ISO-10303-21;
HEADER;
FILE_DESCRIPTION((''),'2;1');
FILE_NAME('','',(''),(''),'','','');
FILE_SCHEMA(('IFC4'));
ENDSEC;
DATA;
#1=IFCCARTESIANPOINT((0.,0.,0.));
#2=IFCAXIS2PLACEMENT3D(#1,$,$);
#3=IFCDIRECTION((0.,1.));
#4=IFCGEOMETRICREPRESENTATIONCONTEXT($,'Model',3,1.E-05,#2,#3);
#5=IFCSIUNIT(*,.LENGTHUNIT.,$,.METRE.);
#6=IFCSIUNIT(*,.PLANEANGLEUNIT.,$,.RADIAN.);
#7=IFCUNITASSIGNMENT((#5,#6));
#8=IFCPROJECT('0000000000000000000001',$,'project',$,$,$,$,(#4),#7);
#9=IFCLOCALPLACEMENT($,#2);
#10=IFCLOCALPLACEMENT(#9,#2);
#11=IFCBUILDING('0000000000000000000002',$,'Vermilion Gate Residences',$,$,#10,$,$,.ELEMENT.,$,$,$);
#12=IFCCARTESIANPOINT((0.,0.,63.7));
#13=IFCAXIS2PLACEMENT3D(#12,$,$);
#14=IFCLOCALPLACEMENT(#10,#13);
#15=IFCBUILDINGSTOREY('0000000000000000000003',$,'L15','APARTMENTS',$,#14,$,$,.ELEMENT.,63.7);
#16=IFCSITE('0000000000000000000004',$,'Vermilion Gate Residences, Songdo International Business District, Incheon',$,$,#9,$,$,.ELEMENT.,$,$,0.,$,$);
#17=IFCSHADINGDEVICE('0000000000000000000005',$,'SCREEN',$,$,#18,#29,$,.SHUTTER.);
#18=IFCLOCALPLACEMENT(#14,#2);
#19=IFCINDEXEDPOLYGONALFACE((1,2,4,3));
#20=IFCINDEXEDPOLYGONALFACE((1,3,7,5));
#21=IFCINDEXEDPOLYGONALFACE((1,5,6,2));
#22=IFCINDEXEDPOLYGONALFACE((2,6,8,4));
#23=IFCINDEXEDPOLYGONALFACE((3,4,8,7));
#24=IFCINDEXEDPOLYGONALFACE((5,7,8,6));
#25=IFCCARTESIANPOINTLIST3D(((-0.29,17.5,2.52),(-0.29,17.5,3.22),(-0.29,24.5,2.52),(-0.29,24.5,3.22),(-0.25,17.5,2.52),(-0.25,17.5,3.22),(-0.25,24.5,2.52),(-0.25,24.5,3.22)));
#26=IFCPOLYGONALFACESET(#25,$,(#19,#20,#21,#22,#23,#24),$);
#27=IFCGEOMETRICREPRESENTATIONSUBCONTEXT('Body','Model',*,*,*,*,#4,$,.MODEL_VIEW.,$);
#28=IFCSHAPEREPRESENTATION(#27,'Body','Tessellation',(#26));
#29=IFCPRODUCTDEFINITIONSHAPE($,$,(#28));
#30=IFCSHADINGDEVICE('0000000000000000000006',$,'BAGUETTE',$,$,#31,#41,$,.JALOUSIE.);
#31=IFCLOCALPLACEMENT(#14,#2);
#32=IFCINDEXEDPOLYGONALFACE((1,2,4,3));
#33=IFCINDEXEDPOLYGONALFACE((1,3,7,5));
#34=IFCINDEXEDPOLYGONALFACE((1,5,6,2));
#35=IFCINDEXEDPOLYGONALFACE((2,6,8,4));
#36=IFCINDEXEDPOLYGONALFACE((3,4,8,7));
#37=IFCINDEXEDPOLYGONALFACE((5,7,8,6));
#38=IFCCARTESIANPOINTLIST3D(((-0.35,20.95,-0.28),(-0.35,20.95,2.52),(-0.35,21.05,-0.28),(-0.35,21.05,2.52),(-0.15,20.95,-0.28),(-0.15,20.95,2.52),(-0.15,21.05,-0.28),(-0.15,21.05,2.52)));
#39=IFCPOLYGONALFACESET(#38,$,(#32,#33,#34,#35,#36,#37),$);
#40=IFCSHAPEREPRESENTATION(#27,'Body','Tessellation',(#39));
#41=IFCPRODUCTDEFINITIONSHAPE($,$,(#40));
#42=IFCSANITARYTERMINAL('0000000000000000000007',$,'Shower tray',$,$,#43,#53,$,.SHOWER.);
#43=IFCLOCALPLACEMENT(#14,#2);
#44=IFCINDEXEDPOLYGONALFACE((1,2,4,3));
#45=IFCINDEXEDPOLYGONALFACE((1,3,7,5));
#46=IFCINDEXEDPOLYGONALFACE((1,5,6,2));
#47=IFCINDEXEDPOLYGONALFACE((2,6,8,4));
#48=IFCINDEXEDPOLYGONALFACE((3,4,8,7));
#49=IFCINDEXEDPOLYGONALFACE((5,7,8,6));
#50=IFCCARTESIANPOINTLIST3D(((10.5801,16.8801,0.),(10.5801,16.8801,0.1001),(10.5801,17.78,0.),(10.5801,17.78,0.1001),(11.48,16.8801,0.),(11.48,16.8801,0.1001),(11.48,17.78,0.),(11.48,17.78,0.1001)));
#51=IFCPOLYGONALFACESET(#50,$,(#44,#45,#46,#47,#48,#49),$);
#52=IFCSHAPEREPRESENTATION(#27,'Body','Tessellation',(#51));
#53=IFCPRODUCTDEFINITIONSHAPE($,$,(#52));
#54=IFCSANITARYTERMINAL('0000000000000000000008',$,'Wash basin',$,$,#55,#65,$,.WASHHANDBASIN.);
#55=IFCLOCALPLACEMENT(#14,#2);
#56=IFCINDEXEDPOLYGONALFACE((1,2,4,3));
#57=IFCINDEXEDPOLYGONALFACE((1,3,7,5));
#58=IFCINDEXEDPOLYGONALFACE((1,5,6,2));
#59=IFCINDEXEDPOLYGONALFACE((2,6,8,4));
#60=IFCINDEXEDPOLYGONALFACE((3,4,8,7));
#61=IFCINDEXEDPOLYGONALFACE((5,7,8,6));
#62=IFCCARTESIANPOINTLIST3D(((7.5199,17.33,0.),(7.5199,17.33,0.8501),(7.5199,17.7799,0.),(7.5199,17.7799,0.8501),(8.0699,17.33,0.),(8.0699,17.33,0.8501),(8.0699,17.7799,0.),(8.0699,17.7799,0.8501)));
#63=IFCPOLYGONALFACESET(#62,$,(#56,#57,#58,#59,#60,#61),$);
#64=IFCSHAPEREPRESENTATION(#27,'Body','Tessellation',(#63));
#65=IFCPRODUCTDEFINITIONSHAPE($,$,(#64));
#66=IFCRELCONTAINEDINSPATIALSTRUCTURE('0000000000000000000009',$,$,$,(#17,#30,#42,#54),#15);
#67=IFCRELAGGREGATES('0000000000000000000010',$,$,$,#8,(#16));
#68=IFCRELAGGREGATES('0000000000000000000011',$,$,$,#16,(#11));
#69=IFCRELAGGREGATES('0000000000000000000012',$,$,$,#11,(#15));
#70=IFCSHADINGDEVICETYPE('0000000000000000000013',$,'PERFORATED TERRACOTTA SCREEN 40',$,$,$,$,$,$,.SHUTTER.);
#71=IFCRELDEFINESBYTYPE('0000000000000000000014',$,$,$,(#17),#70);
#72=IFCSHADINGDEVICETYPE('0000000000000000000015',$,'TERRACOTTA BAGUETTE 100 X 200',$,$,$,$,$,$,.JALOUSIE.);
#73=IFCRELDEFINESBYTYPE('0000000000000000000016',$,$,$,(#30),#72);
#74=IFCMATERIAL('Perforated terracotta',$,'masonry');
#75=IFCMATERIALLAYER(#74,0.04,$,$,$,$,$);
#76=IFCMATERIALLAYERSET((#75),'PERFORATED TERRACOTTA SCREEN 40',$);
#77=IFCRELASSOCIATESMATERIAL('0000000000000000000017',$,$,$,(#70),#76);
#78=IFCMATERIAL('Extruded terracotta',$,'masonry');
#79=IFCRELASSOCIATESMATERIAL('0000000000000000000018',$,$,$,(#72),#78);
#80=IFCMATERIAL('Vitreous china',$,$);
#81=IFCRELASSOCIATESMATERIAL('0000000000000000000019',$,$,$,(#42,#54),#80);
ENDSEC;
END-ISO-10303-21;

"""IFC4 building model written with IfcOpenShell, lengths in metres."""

from ifc_helpers import new_model, si_unit, direction, frame, origin, origin_2d, place, context, subcontext, project, spatial, rectangle, extrude, material, layer, layer_set, material_profile, profile_set, type_object, element, save


model = new_model("IFC4")

# Units and contexts
model_context = context("Model", 3, precision=1e-05, world=origin(), true_north=direction((0.0, 1.0)))
body_context = subcontext(model_context, "Body", "Model", "MODEL_VIEW")
ifc_project = project(units=[si_unit("LENGTHUNIT", "METRE"), si_unit("PLANEANGLEUNIT", "RADIAN")], contexts=[model_context])

# Site, building, storey
site_placement = place(None, origin())
site = spatial("IfcSite", under=ifc_project, at=site_placement, Name="Vermilion Gate Residences, Songdo International Business District, Incheon", CompositionType="ELEMENT", RefElevation=0.0)
building_placement = place(site_placement, origin())
building = spatial("IfcBuilding", under=site, at=building_placement, Name="Vermilion Gate Residences", CompositionType="ELEMENT")
storey_placement = place(building_placement, frame((0.0, 0.0, 63.7)))
storey = spatial("IfcBuildingStorey", under=building, at=storey_placement, Name="L15", Description="APARTMENTS", CompositionType="ELEMENT", Elevation=63.7)

# Shading devices
ifc_material_1 = material(Name="Perforated terracotta", Category="masonry")
ifc_layer_1 = layer(ifc_material_1, 0.04)
ifc_layer_set_1 = layer_set([ifc_layer_1], Name="PERFORATED TERRACOTTA SCREEN 40")
shading_device_type_1 = type_object("IfcShadingDeviceType", Name="PERFORATED TERRACOTTA SCREEN 40", PredefinedType="SHUTTER", material=ifc_layer_set_1)
shading_device_1_placement = place(storey_placement, frame((-0.27, 21.0, 2.52), z_axis=(0.0, 0.0, 1.0), x_axis=(0.0, -1.0, 0.0)))
element("IfcShadingDevice", 1, at=shading_device_1_placement, inside=storey, type_object=shading_device_type_1, Name="SCREEN", PredefinedType="SHUTTER", context=body_context, shape_type="SweptSolid", body=[
    extrude(rectangle(XDim=7.0, YDim=0.04, at=origin_2d()), origin(), (0.0, 0.0, 1.0), 0.7),
])
ifc_material_2 = material(Name="Extruded terracotta", Category="masonry")
ifc_material_profile_1 = material_profile(ifc_material_2, rectangle(XDim=0.2, YDim=0.1001, at=origin_2d()), Name="BAGUETTE 100 X 200")
ifc_profile_set_1 = profile_set([ifc_material_profile_1], Name="Extruded terracotta")
shading_device_type_2 = type_object("IfcShadingDeviceType", Name="TERRACOTTA BAGUETTE 100 X 200", PredefinedType="JALOUSIE", material=ifc_profile_set_1)
shading_device_2_placement = place(storey_placement, frame((-0.25, 21.0, -0.28), z_axis=(0.0, 0.0, 1.0), x_axis=(1.0, 0.0, 0.0)))
element("IfcShadingDevice", 2, at=shading_device_2_placement, inside=storey, type_object=shading_device_type_2, Name="BAGUETTE", PredefinedType="JALOUSIE", context=body_context, shape_type="SweptSolid", body=[
    extrude(rectangle(XDim=0.2, YDim=0.1001, at=origin_2d()), origin(), (0.0, 0.0, 1.0), 2.8),
])

# Sanitary terminals
ifc_material_3 = material(Name="Vitreous china")
sanitary_terminal_1_placement = place(storey_placement, frame((11.03, 17.3301, 0.0), z_axis=(0.0, 0.0, 1.0), x_axis=(1.0, 0.0, 0.0)))
element("IfcSanitaryTerminal", 3, at=sanitary_terminal_1_placement, inside=storey, material=ifc_material_3, Name="Shower tray", PredefinedType="SHOWER", context=body_context, shape_type="SweptSolid", body=[
    extrude(rectangle(XDim=0.8999, YDim=0.8999, at=origin_2d()), origin(), (0.0, 0.0, 1.0), 0.1001),
])
sanitary_terminal_2_placement = place(storey_placement, frame((7.7949, 17.5549, 0.0), z_axis=(0.0, 0.0, 1.0), x_axis=(1.0, 0.0, 0.0)))
element("IfcSanitaryTerminal", 4, at=sanitary_terminal_2_placement, inside=storey, material=ifc_material_3, Name="Wash basin", PredefinedType="WASHHANDBASIN", context=body_context, shape_type="SweptSolid", body=[
    extrude(rectangle(XDim=0.55, YDim=0.45, at=origin_2d()), origin(), (0.0, 0.0, 1.0), 0.8501),
])

save(model, "model.ifc")
